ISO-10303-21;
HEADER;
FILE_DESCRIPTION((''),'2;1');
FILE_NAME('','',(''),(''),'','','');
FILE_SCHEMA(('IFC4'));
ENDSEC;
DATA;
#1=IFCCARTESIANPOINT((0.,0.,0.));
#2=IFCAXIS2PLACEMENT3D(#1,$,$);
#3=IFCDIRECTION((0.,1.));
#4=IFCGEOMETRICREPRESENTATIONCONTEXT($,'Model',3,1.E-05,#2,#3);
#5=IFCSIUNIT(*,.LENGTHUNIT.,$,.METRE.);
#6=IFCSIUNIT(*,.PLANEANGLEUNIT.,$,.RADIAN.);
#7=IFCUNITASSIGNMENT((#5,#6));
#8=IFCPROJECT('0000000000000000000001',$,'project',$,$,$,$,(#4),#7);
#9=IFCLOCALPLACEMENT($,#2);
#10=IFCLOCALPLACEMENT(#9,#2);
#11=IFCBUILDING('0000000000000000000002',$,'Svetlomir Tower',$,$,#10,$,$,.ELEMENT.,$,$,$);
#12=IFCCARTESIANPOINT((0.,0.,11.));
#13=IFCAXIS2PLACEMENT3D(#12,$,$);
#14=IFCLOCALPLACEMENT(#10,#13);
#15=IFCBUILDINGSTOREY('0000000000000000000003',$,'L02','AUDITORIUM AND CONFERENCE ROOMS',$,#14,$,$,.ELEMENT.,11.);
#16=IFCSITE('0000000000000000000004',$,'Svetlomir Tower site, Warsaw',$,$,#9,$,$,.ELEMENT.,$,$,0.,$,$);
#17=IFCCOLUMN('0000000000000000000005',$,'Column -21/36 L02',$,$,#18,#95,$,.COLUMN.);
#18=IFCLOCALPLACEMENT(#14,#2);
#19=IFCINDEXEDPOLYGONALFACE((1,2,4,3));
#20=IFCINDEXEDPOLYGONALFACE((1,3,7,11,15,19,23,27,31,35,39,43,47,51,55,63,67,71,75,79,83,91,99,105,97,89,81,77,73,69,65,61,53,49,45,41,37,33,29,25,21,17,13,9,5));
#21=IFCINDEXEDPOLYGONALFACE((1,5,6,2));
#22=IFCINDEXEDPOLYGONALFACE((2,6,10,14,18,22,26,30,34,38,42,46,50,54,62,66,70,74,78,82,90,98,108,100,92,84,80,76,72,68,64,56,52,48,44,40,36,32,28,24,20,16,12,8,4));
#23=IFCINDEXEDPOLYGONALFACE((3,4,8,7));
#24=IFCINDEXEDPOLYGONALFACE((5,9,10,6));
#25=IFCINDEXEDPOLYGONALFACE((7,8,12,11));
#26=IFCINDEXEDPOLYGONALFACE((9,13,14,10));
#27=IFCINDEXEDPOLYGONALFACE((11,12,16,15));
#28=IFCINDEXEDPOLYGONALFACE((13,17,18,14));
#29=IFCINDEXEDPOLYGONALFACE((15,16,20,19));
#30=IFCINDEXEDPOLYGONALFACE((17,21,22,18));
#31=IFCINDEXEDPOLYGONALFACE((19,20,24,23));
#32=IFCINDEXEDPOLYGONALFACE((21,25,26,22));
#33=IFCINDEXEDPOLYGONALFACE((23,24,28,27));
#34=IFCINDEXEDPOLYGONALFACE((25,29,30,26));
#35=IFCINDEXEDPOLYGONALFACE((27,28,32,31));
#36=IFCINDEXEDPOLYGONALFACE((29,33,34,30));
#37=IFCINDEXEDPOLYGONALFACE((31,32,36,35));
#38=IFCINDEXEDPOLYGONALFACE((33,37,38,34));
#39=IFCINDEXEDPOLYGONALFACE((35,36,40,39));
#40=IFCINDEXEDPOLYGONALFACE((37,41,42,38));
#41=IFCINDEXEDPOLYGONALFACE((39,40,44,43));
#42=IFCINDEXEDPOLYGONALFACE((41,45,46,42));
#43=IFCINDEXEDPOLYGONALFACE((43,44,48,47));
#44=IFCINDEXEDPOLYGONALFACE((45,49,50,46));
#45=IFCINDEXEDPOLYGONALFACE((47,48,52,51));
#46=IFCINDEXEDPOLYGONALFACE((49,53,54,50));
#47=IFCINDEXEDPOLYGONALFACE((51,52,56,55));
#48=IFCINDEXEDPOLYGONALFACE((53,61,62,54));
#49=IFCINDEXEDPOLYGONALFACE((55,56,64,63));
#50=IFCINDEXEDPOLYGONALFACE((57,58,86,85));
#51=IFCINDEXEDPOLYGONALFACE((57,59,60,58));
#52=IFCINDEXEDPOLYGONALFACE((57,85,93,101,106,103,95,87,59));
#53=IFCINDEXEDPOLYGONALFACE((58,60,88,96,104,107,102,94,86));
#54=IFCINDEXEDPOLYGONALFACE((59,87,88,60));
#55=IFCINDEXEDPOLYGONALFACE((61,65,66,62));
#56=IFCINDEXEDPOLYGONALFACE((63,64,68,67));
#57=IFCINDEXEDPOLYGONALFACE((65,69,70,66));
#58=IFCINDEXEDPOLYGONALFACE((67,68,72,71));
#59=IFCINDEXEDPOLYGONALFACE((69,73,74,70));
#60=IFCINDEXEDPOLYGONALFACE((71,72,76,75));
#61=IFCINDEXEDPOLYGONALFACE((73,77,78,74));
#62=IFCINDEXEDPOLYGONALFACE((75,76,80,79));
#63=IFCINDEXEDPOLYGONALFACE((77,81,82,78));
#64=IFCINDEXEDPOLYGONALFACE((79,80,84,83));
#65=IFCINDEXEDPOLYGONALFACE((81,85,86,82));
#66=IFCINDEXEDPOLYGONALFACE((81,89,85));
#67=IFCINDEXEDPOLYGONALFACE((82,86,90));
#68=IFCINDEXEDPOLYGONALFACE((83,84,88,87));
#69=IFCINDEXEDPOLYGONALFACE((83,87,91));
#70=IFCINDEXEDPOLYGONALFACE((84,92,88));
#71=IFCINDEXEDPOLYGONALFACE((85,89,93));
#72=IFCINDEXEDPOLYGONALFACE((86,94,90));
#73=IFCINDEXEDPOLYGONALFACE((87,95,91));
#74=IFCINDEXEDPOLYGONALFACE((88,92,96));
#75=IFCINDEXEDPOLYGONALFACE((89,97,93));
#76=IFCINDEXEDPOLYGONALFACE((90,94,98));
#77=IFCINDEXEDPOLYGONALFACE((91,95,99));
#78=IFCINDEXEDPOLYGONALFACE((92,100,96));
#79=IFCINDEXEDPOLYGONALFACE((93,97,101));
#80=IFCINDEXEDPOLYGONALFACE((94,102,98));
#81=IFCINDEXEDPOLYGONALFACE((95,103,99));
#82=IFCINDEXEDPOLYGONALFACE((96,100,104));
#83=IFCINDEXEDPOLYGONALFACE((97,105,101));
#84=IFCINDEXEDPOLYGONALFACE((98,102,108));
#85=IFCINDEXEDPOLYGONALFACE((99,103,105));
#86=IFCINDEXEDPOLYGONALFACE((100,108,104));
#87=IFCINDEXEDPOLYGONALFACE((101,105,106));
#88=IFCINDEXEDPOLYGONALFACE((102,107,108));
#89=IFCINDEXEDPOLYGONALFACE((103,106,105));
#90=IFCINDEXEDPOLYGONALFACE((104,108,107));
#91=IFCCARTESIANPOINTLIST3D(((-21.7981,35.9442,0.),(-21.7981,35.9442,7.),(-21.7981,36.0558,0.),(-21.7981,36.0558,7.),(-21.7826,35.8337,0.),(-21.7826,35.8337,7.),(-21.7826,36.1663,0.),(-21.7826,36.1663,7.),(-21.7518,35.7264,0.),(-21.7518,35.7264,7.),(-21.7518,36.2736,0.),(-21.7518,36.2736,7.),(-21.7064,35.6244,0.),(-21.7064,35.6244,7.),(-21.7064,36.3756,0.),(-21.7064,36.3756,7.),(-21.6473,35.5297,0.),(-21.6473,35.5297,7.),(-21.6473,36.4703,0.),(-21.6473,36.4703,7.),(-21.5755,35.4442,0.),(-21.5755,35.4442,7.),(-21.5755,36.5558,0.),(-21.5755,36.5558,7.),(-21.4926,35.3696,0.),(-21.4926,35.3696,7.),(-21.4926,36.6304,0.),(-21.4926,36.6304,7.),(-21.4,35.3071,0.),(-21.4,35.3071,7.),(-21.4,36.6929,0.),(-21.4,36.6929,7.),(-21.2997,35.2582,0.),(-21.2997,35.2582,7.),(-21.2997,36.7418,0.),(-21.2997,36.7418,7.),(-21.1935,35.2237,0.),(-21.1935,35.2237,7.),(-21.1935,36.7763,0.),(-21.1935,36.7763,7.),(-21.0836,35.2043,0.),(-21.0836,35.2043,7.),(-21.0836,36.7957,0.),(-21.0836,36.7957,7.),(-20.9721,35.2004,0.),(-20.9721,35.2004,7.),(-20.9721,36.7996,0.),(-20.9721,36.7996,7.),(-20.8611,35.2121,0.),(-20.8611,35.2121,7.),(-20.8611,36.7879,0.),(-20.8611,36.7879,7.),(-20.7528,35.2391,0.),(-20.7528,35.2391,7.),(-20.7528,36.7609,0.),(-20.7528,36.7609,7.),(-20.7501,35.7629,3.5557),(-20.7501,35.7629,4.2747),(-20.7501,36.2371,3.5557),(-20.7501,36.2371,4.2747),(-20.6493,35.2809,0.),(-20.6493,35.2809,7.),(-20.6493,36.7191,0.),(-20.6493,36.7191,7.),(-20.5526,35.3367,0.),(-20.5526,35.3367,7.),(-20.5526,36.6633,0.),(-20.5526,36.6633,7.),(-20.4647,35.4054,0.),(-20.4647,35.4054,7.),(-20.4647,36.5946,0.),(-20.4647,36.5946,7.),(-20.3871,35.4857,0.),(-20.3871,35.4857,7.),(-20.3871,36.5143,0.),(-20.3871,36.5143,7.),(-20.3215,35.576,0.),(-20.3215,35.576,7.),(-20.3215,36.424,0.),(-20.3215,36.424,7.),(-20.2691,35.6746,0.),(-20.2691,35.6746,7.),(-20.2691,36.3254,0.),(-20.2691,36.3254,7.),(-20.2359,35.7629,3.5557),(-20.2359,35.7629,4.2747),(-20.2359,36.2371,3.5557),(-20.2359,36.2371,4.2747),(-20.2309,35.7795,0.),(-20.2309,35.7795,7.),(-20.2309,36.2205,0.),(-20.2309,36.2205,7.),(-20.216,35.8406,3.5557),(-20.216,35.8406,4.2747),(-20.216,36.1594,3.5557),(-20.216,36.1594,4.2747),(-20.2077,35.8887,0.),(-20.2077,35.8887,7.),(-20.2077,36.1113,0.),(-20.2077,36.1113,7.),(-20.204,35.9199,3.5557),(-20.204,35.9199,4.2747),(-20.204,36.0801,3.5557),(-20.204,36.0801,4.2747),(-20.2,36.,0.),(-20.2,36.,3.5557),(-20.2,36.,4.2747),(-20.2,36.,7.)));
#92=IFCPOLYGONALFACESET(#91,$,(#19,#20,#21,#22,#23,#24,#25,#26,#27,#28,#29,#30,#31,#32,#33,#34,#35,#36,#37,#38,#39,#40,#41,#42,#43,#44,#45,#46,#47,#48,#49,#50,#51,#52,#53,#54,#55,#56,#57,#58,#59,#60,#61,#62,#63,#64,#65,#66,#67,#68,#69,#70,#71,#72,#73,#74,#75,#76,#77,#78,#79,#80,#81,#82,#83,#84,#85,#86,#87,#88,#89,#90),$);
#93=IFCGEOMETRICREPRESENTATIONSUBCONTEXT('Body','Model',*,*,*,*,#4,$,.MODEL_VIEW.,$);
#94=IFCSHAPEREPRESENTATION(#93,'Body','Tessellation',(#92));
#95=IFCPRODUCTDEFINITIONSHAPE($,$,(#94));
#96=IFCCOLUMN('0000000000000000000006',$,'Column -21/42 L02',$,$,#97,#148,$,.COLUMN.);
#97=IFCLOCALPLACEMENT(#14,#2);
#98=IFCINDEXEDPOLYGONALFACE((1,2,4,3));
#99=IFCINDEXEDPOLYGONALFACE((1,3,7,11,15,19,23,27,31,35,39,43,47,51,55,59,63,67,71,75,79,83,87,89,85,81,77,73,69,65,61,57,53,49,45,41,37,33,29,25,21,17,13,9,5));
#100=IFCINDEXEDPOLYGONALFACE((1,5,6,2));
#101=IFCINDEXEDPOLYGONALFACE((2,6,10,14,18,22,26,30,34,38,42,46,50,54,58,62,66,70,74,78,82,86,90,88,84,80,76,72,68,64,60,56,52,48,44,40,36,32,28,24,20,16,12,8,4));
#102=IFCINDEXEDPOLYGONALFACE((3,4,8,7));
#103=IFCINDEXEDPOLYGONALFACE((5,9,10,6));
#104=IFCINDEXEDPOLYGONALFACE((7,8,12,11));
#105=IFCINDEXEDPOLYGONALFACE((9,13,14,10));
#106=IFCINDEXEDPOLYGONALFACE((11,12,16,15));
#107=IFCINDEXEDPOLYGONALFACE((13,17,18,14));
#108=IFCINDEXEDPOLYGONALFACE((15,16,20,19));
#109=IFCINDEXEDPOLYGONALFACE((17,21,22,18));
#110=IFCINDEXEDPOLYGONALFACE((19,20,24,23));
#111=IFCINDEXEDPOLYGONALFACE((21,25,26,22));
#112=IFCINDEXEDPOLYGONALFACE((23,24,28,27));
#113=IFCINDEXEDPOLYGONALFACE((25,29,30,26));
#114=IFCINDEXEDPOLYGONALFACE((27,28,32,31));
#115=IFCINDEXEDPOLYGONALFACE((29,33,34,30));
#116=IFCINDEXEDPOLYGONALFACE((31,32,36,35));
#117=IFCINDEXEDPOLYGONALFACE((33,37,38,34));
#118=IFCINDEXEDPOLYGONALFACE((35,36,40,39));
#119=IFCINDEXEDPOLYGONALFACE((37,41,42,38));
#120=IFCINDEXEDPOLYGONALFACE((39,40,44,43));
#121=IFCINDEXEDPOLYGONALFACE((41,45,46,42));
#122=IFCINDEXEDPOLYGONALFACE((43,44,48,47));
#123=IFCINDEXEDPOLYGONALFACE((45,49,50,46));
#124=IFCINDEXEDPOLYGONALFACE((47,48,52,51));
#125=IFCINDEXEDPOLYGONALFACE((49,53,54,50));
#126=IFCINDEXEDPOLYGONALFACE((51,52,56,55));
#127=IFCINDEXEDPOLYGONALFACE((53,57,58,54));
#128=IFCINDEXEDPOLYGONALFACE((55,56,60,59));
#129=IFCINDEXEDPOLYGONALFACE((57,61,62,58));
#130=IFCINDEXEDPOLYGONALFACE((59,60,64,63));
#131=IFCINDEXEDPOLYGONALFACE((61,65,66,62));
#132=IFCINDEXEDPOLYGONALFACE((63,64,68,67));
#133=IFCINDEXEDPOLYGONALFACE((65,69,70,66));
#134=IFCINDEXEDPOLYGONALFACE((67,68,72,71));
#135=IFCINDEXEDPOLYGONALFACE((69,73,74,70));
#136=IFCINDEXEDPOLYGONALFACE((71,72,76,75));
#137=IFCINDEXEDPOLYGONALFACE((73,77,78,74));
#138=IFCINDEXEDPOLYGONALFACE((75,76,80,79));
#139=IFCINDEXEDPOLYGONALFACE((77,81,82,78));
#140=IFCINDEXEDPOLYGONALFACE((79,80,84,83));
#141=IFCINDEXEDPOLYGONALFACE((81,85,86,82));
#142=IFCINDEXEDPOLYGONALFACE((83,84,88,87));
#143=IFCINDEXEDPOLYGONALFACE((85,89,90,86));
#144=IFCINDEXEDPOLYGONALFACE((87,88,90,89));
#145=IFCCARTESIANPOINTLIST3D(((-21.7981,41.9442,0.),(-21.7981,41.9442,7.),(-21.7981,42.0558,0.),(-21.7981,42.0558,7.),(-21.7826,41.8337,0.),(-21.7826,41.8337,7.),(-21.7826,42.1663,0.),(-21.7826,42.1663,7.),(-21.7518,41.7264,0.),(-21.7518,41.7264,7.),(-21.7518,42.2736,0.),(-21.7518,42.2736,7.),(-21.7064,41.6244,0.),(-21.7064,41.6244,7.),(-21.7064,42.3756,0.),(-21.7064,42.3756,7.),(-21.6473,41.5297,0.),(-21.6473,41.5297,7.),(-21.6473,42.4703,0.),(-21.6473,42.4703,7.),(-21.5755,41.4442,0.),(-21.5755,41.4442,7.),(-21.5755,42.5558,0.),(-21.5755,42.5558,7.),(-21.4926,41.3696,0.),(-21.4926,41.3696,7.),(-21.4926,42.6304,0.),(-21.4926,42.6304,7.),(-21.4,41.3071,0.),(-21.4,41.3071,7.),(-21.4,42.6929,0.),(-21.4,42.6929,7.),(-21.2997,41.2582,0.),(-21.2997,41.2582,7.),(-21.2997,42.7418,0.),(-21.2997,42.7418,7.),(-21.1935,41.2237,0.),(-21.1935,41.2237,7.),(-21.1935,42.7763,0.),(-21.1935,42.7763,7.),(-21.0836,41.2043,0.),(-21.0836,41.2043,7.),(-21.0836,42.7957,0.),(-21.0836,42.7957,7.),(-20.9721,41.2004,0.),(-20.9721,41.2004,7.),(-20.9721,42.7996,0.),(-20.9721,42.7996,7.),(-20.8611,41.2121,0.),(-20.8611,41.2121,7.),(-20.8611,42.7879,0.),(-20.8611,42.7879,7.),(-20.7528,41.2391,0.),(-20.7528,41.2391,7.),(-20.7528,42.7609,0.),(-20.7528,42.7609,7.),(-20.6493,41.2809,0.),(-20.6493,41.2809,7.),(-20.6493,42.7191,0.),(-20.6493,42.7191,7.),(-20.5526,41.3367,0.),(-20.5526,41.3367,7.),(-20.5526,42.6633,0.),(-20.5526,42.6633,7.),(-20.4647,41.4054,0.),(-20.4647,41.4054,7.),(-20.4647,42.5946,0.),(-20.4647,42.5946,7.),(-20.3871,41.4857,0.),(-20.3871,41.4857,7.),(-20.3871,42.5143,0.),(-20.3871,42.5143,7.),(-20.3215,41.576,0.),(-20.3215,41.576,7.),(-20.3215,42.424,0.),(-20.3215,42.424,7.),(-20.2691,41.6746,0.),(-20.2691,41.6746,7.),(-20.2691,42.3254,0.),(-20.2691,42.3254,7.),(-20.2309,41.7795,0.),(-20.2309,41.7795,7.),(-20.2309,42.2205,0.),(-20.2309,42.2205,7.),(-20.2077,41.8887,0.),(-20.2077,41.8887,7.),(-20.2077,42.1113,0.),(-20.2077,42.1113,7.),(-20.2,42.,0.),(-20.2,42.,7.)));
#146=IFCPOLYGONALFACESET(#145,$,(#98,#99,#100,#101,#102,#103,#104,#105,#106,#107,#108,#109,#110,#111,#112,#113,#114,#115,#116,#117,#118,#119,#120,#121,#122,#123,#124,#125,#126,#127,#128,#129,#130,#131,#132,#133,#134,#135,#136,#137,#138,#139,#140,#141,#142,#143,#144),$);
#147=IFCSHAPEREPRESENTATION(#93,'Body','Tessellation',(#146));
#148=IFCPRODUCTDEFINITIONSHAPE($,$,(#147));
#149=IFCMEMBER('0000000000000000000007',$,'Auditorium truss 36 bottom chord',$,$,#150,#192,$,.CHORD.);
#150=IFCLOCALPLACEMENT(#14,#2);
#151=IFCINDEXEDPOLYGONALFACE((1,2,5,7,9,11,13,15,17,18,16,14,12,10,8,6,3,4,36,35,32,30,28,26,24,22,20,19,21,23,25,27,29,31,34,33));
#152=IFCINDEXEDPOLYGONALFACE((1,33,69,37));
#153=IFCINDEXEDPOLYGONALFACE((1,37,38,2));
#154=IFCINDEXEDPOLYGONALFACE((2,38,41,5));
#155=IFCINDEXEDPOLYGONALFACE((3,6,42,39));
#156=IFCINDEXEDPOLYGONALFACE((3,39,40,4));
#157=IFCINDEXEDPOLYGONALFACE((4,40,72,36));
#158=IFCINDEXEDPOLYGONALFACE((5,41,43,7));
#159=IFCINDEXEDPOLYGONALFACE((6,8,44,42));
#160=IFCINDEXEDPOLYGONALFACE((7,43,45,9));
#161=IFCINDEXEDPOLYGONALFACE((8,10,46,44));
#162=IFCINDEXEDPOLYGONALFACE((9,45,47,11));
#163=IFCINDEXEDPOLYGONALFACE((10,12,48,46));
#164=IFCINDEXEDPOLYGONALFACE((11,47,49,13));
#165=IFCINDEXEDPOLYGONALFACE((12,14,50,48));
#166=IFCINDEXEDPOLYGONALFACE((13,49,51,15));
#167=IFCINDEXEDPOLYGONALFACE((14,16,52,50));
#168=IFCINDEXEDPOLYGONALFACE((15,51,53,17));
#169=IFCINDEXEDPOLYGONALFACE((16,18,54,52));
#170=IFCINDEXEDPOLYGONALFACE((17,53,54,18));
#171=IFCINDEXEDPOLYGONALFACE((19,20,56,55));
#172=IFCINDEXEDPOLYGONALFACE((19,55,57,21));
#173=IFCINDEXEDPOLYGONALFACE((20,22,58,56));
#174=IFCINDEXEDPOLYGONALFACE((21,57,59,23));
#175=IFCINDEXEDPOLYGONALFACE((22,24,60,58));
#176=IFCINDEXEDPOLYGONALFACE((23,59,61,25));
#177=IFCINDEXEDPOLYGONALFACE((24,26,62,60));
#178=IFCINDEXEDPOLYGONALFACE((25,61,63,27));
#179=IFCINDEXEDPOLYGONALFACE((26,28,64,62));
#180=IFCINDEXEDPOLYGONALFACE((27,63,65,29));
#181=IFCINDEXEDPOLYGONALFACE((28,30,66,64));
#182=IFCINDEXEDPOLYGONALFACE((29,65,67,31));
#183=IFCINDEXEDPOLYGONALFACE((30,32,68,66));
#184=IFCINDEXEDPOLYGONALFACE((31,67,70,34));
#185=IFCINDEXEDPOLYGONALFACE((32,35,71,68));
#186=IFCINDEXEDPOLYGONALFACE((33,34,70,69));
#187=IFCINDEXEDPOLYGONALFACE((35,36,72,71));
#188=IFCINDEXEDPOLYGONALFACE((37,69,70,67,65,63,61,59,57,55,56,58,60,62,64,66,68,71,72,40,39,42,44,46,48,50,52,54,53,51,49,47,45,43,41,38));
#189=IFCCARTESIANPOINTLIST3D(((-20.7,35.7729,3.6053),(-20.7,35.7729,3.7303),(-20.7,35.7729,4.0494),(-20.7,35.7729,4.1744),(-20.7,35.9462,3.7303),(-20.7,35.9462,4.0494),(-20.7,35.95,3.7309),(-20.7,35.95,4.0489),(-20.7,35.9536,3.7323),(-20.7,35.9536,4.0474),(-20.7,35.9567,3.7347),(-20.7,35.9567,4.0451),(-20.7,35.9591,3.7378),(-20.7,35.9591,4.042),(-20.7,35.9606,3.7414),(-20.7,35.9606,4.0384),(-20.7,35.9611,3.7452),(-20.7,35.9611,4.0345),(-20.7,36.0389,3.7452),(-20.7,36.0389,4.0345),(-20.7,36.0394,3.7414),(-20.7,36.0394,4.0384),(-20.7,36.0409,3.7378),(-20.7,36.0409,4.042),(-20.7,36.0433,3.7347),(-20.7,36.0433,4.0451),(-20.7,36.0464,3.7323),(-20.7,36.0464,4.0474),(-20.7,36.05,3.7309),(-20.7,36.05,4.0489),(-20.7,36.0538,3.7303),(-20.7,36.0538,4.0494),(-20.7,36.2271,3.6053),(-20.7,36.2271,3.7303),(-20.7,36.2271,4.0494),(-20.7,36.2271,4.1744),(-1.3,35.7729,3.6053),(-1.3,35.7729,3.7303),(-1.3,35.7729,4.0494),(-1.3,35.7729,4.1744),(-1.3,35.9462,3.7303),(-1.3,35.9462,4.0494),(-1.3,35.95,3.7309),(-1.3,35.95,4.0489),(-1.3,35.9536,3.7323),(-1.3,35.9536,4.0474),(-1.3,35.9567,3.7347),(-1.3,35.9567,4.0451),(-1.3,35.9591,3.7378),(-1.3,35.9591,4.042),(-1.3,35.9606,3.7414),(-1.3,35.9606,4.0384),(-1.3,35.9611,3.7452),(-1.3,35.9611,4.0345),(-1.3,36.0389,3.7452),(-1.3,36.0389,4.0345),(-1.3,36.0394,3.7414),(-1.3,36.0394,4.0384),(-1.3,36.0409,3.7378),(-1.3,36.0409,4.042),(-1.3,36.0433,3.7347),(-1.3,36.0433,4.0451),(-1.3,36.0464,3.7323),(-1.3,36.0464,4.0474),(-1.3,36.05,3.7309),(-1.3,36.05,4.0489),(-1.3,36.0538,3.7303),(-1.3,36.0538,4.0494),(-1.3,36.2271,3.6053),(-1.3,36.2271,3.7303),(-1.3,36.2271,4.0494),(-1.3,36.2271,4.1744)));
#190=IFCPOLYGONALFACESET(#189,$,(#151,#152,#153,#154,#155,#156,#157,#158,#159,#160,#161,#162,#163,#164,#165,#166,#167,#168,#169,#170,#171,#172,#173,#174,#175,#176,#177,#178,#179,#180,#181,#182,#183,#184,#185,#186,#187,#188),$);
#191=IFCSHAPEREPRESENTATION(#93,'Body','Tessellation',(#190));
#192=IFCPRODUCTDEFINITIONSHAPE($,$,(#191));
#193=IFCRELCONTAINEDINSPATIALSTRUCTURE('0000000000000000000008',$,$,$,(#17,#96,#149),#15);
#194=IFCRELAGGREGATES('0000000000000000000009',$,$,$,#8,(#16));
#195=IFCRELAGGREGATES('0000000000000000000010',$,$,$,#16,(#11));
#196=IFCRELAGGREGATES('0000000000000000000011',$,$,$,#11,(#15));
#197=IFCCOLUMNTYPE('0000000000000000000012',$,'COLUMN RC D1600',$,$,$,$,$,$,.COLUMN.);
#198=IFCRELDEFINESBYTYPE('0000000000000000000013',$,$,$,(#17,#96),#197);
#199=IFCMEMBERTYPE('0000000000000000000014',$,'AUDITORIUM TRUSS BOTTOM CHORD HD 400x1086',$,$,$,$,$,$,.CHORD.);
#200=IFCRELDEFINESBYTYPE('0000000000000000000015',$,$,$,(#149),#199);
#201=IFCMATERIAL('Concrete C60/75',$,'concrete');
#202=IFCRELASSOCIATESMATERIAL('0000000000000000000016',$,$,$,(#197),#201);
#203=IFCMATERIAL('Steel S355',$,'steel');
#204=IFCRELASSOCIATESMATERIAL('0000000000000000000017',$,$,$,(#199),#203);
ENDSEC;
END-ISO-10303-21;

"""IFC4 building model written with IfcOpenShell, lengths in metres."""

from ifc_helpers import new_model, si_unit, direction, frame, origin, origin_2d, place, context, subcontext, project, spatial, rectangle, circle, i_section, extrude, material, material_profile, profile_set, type_object, element, save


model = new_model("IFC4")

# Units and contexts
model_context = context("Model", 3, precision=1e-05, world=origin(), true_north=direction((0.0, 1.0)))
body_context = subcontext(model_context, "Body", "Model", "MODEL_VIEW")
ifc_project = project(units=[si_unit("LENGTHUNIT", "METRE"), si_unit("PLANEANGLEUNIT", "RADIAN")], contexts=[model_context])

# Site, building, storey
site_placement = place(None, origin())
site = spatial("IfcSite", under=ifc_project, at=site_placement, Name="Svetlomir Tower site, Warsaw", CompositionType="ELEMENT", RefElevation=0.0)
building_placement = place(site_placement, origin())
building = spatial("IfcBuilding", under=site, at=building_placement, Name="Svetlomir Tower", CompositionType="ELEMENT")
storey_placement = place(building_placement, frame((0.0, 0.0, 11.0)))
storey = spatial("IfcBuildingStorey", under=building, at=storey_placement, Name="L02", Description="AUDITORIUM AND CONFERENCE ROOMS", CompositionType="ELEMENT", Elevation=11.0)

# Column, opening
ifc_material_1 = material(Name="Concrete C60/75", Category="concrete")
ifc_material_profile_1 = material_profile(ifc_material_1, circle(Radius=0.8, at=origin_2d()), Name="RC D1600")
ifc_profile_set_1 = profile_set([ifc_material_profile_1], Name="Concrete C60/75")
column_type = type_object("IfcColumnType", Name="COLUMN RC D1600", PredefinedType="COLUMN", material=ifc_profile_set_1)
column_1_placement = place(storey_placement, frame((-21.0, 36.0, 0.0), z_axis=(0.0, 0.0, 1.0), x_axis=(1.0, 0.0, 0.0)))
column_1 = element("IfcColumn", 1, at=column_1_placement, inside=storey, type_object=column_type, Name="Column -21/36 L02", PredefinedType="COLUMN", context=body_context, shape_type="SweptSolid", body=[
    extrude(circle(Radius=0.8, at=origin_2d()), origin(), (0.0, 0.0, 1.0), 7.0),
])
opening_placement = place(storey_placement, frame((-20.4651, 36.0, 3.5557), z_axis=(0.0, 0.0, 1.0), x_axis=(1.0, 0.0, 0.0)))
element("IfcOpeningElement", 2, at=opening_placement, cuts=column_1, PredefinedType="RECESS", context=body_context, shape_type="SweptSolid", body=[
    extrude(rectangle(XDim=0.5701, YDim=0.4741, at=origin_2d()), origin(), (0.0, 0.0, 1.0), 0.719),
])

# Column
column_2_placement = place(storey_placement, frame((-21.0, 42.0, 0.0), z_axis=(0.0, 0.0, 1.0), x_axis=(1.0, 0.0, 0.0)))
element("IfcColumn", 3, at=column_2_placement, inside=storey, type_object=column_type, Name="Column -21/42 L02", PredefinedType="COLUMN", context=body_context, shape_type="SweptSolid", body=[
    extrude(circle(Radius=0.8, at=origin_2d()), origin(), (0.0, 0.0, 1.0), 7.0),
])

# Member
ifc_material_2 = material(Name="Steel S355", Category="steel")
ifc_material_profile_2 = material_profile(ifc_material_2, i_section(OverallWidth=0.4541, OverallDepth=0.5691, WebThickness=0.0779, FlangeThickness=0.125, FilletRadius=0.0149, at=origin_2d()), Name="HD 400x1086")
ifc_profile_set_2 = profile_set([ifc_material_profile_2], Name="Steel S355")
member_type_1 = type_object("IfcMemberType", Name="AUDITORIUM TRUSS BOTTOM CHORD HD 400x1086", PredefinedType="CHORD", material=ifc_profile_set_2)
member_1_placement = place(storey_placement, frame((-20.7, 36.0, 3.8899), z_axis=(1.0, 0.0, 0.0), x_axis=(0.0, 1.0, 0.0)))
element("IfcMember", 4, at=member_1_placement, inside=storey, type_object=member_type_1, Name="Auditorium truss 36 bottom chord", PredefinedType="CHORD", context=body_context, shape_type="SweptSolid", body=[
    extrude(i_section(OverallWidth=0.4541, OverallDepth=0.5691, WebThickness=0.0779, FlangeThickness=0.125, FilletRadius=0.0149, at=origin_2d()), origin(), (0.0, 0.0, 1.0), 19.3999),
])

save(model, "model.ifc")
